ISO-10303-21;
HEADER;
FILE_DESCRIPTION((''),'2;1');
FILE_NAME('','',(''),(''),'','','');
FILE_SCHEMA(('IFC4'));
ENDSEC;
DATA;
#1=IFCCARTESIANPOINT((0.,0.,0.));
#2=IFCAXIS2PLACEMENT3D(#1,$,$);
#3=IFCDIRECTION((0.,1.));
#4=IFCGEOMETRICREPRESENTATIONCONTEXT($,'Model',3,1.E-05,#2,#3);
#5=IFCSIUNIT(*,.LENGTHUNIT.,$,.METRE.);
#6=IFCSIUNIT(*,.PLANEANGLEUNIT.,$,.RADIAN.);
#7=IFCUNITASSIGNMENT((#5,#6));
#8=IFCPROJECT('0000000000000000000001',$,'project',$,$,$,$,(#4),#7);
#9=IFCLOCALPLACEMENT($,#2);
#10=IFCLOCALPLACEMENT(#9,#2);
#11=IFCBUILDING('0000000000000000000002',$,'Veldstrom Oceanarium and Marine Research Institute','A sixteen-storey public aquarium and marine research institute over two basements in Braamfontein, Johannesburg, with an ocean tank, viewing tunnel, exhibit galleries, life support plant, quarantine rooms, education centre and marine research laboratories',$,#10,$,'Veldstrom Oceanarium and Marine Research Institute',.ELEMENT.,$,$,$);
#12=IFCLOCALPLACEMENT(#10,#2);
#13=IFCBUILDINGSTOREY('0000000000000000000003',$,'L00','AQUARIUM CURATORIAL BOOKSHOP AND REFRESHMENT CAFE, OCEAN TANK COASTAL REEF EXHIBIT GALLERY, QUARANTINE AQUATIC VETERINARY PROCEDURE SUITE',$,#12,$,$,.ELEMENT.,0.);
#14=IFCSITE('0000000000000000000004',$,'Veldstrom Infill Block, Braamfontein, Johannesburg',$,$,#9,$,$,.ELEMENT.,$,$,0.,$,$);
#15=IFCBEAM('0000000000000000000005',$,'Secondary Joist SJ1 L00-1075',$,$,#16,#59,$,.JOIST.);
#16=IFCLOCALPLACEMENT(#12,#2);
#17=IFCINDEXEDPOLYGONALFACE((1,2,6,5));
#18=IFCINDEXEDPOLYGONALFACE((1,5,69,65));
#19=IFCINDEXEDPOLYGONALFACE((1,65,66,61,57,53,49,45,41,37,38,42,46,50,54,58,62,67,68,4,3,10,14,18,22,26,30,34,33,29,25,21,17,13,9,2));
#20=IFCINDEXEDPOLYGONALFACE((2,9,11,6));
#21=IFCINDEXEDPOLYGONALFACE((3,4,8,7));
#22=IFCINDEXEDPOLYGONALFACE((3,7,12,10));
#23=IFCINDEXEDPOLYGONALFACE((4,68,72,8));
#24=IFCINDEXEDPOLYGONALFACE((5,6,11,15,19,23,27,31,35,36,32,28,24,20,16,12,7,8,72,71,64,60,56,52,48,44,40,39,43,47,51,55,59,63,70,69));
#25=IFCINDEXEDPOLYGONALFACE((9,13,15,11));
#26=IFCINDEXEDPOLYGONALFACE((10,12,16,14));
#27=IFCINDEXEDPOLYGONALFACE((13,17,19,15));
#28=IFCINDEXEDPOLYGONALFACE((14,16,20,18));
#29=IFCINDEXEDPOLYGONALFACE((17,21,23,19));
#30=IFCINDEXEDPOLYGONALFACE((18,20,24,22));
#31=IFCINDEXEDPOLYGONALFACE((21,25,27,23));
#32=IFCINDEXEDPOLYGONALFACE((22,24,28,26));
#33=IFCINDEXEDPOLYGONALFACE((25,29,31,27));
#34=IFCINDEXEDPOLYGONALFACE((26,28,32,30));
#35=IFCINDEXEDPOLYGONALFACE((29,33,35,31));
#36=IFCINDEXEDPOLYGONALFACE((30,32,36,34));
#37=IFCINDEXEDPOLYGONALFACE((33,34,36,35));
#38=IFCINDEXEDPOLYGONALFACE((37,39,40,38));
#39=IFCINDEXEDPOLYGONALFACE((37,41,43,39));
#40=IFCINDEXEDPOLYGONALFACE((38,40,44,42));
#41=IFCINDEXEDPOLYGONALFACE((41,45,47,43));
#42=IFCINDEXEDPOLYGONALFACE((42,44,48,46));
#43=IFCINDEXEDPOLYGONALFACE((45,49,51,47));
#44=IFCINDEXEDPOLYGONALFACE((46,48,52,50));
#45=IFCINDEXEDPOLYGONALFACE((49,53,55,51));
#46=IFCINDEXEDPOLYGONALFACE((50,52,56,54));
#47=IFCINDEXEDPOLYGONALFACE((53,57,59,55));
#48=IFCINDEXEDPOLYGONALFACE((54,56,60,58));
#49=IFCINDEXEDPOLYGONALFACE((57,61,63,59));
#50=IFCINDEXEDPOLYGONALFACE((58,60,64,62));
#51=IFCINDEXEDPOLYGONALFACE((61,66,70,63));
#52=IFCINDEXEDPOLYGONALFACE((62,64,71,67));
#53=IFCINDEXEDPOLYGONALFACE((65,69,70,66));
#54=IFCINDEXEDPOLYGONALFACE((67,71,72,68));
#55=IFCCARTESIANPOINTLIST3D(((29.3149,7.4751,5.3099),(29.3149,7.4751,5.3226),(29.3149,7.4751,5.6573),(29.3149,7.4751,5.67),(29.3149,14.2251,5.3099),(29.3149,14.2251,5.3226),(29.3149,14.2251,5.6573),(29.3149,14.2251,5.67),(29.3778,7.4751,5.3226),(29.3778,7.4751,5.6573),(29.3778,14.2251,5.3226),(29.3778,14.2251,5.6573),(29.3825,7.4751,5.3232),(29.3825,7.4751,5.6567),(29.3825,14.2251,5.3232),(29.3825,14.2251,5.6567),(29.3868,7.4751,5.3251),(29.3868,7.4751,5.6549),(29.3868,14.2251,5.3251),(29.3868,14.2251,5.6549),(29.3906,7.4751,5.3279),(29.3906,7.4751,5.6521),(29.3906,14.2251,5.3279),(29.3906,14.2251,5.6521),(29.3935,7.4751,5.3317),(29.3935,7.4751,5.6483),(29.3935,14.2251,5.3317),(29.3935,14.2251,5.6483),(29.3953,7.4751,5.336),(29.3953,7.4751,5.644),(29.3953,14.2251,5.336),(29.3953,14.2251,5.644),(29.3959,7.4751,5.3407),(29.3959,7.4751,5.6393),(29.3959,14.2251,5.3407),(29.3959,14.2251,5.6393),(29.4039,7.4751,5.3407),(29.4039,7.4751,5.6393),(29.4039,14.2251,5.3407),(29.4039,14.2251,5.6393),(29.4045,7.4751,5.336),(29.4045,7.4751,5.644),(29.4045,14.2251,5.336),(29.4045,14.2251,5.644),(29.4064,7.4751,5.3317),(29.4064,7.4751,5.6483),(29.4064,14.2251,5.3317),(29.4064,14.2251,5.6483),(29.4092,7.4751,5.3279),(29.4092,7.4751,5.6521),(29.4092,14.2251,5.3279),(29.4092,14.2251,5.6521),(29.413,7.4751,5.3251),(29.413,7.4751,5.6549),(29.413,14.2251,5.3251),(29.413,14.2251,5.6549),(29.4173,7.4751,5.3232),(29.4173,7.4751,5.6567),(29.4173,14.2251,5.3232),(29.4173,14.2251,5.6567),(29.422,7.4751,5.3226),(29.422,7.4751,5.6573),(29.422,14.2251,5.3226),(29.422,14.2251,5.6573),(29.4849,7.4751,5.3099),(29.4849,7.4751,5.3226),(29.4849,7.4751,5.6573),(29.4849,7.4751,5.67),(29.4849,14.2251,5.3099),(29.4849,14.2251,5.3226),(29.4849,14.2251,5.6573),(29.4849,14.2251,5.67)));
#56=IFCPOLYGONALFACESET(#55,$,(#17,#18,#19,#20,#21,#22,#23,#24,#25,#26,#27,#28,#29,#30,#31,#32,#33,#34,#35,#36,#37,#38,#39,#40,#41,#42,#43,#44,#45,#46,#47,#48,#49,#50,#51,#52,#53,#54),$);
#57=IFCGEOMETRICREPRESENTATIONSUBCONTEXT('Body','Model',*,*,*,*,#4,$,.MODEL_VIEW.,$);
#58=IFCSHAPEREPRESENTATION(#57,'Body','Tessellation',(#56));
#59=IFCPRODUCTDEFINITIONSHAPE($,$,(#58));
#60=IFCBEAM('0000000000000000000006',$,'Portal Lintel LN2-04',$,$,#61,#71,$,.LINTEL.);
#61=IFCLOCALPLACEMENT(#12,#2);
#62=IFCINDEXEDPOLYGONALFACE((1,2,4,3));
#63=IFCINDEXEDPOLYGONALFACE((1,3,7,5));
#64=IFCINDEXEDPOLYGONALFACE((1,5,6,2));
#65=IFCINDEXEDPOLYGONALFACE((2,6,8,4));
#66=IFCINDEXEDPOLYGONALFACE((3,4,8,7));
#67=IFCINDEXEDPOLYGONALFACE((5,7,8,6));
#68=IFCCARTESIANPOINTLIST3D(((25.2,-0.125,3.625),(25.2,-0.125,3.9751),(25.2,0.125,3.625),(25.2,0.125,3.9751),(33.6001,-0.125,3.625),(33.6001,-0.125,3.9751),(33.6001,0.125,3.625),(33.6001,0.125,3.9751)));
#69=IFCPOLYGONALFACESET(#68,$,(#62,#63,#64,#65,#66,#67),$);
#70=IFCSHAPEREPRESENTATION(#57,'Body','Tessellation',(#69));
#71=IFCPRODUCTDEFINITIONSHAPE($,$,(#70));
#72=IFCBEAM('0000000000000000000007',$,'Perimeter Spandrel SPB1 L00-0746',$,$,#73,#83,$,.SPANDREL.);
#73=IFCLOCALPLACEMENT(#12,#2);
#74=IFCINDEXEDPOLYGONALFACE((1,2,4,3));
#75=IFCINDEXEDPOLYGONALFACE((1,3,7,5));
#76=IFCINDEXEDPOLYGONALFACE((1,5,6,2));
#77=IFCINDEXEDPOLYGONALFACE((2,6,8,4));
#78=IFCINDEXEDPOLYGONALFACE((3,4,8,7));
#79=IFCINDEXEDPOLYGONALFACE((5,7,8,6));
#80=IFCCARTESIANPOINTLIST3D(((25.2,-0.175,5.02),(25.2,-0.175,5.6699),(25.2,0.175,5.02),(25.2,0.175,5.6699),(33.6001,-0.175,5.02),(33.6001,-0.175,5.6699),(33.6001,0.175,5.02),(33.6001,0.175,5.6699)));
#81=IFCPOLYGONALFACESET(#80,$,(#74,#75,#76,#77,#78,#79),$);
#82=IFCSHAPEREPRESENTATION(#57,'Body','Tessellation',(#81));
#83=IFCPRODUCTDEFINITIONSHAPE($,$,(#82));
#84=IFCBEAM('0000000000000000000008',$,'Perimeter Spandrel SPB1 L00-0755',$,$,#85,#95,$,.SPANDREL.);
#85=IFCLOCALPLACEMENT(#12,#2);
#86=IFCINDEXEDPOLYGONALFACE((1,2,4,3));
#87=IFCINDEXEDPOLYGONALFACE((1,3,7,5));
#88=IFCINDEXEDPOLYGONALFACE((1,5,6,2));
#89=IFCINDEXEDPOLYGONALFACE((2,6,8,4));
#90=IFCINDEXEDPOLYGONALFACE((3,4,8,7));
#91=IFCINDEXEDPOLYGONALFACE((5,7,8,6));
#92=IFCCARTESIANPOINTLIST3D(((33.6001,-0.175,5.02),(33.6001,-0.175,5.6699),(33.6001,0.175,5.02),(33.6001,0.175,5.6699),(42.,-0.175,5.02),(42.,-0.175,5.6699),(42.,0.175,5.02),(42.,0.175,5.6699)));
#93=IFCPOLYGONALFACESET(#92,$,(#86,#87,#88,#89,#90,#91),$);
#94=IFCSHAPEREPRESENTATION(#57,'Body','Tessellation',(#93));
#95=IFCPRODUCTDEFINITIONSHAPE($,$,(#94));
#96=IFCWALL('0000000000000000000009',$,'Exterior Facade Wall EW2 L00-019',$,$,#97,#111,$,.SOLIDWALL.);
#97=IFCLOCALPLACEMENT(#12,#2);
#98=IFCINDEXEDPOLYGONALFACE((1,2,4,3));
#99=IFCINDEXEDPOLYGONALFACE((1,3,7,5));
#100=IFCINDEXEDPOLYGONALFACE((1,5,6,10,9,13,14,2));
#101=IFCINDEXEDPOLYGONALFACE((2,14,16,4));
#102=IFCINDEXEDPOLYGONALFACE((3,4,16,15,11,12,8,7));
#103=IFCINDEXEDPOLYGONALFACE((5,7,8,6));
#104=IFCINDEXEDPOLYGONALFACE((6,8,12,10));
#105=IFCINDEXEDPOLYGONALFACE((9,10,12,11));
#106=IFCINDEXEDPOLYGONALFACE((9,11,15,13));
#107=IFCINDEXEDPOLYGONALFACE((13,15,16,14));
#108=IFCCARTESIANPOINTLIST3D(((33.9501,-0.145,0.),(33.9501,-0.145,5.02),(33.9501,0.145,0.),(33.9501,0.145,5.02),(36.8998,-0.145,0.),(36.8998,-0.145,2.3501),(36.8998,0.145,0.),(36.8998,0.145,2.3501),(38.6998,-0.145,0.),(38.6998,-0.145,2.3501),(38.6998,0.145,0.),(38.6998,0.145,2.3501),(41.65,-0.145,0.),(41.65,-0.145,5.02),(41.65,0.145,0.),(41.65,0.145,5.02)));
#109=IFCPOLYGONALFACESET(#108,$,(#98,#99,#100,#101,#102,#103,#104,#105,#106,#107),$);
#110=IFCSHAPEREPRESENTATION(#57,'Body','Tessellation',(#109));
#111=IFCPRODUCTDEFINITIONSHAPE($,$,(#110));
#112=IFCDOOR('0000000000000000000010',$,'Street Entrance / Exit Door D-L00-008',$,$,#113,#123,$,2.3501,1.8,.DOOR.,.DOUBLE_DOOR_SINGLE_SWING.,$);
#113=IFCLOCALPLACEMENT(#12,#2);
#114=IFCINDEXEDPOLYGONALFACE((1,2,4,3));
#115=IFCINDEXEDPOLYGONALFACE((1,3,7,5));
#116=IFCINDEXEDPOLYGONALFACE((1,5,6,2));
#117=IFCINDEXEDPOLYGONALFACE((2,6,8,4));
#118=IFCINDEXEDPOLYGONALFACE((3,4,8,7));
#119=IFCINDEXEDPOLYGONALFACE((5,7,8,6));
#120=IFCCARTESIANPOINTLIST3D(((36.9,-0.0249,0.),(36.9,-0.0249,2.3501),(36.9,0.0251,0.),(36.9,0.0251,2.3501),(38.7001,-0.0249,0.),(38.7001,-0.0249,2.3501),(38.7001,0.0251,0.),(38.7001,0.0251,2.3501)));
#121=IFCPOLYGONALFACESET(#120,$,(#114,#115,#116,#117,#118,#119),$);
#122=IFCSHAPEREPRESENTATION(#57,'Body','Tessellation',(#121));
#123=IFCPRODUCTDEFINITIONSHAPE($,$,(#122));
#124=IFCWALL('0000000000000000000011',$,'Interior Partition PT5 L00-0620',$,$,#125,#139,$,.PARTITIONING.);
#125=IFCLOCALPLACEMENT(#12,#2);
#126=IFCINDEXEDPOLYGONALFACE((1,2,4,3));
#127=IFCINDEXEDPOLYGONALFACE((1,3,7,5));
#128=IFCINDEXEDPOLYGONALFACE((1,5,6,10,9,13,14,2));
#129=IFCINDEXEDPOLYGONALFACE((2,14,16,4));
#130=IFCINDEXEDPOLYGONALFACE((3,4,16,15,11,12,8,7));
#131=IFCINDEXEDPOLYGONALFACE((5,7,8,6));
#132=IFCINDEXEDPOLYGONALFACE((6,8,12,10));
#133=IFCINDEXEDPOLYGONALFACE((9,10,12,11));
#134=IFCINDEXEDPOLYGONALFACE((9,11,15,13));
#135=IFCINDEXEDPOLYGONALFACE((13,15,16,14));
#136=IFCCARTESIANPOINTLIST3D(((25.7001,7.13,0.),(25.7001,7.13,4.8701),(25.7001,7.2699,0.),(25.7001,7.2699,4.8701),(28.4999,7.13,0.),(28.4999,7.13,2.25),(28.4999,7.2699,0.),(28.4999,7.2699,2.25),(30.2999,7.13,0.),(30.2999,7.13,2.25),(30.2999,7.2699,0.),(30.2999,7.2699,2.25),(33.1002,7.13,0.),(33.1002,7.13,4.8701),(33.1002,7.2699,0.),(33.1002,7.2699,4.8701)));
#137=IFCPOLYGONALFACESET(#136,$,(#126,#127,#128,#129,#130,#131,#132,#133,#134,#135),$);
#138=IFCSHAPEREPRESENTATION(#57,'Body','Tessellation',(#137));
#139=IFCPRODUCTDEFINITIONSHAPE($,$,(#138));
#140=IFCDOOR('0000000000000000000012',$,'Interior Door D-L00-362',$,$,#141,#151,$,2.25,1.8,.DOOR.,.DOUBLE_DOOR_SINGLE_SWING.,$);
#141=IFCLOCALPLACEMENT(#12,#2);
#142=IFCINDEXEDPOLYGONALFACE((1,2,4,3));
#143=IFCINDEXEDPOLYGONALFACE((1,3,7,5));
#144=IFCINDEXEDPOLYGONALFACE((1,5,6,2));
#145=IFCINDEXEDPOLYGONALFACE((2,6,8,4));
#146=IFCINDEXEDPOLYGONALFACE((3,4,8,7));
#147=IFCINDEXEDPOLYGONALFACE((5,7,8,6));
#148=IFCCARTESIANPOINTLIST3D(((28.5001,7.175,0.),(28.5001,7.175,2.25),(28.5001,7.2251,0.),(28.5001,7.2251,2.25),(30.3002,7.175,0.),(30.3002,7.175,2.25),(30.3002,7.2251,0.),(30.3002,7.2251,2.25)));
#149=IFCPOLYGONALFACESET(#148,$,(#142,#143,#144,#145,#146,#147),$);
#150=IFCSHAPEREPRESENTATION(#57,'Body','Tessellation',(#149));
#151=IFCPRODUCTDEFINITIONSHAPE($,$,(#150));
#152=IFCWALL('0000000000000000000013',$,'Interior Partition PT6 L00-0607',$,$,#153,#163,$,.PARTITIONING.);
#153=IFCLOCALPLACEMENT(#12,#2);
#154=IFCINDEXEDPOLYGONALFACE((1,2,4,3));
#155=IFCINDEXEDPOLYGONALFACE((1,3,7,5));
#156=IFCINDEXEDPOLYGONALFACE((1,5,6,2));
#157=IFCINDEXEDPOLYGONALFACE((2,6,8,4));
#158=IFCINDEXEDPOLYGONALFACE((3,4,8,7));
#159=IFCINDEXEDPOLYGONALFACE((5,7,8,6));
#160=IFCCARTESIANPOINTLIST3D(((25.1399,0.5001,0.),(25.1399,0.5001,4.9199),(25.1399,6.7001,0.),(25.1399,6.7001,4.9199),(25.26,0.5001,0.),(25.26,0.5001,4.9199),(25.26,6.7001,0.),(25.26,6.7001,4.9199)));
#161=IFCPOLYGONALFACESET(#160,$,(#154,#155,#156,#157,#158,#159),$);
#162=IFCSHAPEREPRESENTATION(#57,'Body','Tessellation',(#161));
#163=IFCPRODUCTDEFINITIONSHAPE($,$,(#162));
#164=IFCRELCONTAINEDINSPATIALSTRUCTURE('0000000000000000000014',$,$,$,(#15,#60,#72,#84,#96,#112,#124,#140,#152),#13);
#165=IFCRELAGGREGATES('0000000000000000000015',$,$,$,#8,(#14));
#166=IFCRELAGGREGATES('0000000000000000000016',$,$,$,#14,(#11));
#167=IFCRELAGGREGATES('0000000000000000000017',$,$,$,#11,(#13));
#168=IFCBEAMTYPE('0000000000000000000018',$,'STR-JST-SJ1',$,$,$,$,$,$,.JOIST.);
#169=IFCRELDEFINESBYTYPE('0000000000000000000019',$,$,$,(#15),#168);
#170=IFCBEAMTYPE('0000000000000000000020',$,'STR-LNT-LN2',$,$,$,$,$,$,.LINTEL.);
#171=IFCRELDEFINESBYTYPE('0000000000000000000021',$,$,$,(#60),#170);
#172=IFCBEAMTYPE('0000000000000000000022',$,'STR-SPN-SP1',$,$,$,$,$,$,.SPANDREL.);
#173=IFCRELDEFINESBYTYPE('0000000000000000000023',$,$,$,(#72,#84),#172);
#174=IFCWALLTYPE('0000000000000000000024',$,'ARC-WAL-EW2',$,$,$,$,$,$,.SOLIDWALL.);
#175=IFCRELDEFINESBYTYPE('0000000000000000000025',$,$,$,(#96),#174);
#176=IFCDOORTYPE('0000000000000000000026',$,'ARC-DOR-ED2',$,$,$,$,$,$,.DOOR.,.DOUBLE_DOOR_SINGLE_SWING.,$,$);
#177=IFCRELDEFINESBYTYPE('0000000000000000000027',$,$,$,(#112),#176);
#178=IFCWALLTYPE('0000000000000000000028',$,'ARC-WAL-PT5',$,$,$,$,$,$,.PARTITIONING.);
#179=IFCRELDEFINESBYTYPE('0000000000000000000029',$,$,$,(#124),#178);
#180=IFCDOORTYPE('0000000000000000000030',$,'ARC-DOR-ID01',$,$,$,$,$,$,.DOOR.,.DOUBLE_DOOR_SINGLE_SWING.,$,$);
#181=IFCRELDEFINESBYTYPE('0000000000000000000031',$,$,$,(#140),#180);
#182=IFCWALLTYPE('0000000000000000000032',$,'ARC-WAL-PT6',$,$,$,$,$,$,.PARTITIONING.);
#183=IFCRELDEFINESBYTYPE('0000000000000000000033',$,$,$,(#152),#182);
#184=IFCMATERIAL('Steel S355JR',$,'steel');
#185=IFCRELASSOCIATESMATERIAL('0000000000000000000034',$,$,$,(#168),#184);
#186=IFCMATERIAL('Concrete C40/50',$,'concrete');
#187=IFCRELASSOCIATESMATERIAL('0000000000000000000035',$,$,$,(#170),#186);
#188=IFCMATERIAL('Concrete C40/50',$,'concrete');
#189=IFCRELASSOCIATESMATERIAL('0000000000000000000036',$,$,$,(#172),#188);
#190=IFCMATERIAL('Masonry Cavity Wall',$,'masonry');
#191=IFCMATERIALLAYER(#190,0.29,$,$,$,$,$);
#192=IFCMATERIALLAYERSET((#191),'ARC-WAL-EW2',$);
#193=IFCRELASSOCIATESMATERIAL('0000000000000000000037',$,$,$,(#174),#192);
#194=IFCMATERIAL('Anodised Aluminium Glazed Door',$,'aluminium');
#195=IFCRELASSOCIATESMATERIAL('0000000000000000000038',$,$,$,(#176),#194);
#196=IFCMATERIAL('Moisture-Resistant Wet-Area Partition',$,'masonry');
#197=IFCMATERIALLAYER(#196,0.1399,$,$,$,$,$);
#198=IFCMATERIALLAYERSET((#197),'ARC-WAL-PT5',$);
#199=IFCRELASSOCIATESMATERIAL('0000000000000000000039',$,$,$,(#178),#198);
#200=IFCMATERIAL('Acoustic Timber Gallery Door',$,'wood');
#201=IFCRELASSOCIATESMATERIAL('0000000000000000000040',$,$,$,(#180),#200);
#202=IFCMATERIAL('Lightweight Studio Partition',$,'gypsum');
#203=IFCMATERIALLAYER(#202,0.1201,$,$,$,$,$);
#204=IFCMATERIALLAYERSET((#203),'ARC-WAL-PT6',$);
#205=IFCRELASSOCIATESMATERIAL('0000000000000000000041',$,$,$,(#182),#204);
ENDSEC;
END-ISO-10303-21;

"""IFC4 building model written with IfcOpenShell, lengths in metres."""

from ifc_helpers import new_model, si_unit, direction, frame, frame_2d, origin, origin_2d, place, context, subcontext, project, spatial, rectangle, i_section, extrude, material, layer, layer_set, material_profile, profile_set, type_object, element, fill, save


model = new_model("IFC4")

# Units and contexts
model_context = context("Model", 3, precision=1e-05, world=origin(), true_north=direction((0.0, 1.0)))
body_context = subcontext(model_context, "Body", "Model", "MODEL_VIEW")
ifc_project = project(units=[si_unit("LENGTHUNIT", "METRE"), si_unit("PLANEANGLEUNIT", "RADIAN")], contexts=[model_context])

# Site, building, storey
site_placement = place(None, origin())
site = spatial("IfcSite", under=ifc_project, at=site_placement, Name="Veldstrom Infill Block, Braamfontein, Johannesburg", CompositionType="ELEMENT", RefElevation=0.0)
building_placement = place(site_placement, origin())
building = spatial("IfcBuilding", under=site, at=building_placement, Name="Veldstrom Oceanarium and Marine Research Institute", Description="A sixteen-storey public aquarium and marine research institute over two basements in Braamfontein, Johannesburg, with an ocean tank, viewing tunnel, exhibit galleries, life support plant, quarantine rooms, education centre and marine research laboratories", LongName="Veldstrom Oceanarium and Marine Research Institute", CompositionType="ELEMENT")
storey_placement = place(building_placement, origin())
storey = spatial("IfcBuildingStorey", under=building, at=storey_placement, Name="L00", Description="AQUARIUM CURATORIAL BOOKSHOP AND REFRESHMENT CAFE, OCEAN TANK COASTAL REEF EXHIBIT GALLERY, QUARANTINE AQUATIC VETERINARY PROCEDURE SUITE", CompositionType="ELEMENT", Elevation=0.0)

# Beams
ifc_material_1 = material(Name="Steel S355JR", Category="steel")
ifc_material_profile_1 = material_profile(ifc_material_1, i_section(OverallWidth=0.1699, OverallDepth=0.3601, WebThickness=0.0081, FlangeThickness=0.0127, FilletRadius=0.0181, at=origin_2d()), Name="IPE 360")
ifc_profile_set_1 = profile_set([ifc_material_profile_1], Name="Steel S355JR")
beam_type_1 = type_object("IfcBeamType", Name="STR-JST-SJ1", PredefinedType="JOIST", material=ifc_profile_set_1)
beam_1_placement = place(storey_placement, frame((29.3999, 7.4751, 5.49), z_axis=(0.0, 1.0, 0.0), x_axis=(-1.0, 0.0, 0.0)))
element("IfcBeam", 1, at=beam_1_placement, inside=storey, type_object=beam_type_1, Name="Secondary Joist SJ1 L00-1075", PredefinedType="JOIST", context=body_context, shape_type="SweptSolid", body=[
    extrude(i_section(OverallWidth=0.1699, OverallDepth=0.3601, WebThickness=0.0081, FlangeThickness=0.0127, FilletRadius=0.0181, at=origin_2d()), origin(), (0.0, 0.0, 1.0), 6.75),
])
ifc_material_2 = material(Name="Concrete C40/50", Category="concrete")
ifc_material_profile_2 = material_profile(ifc_material_2, rectangle(XDim=0.25, YDim=0.3501, at=origin_2d()), Name="RC-LNT-250x350")
ifc_profile_set_2 = profile_set([ifc_material_profile_2], Name="Concrete C40/50")
beam_type_2 = type_object("IfcBeamType", Name="STR-LNT-LN2", PredefinedType="LINTEL", material=ifc_profile_set_2)
beam_2_placement = place(storey_placement, frame((25.2, 0.0, 3.8), z_axis=(1.0, 0.0, 0.0), x_axis=(0.0, 1.0, 0.0)))
element("IfcBeam", 2, at=beam_2_placement, inside=storey, type_object=beam_type_2, Name="Portal Lintel LN2-04", PredefinedType="LINTEL", context=body_context, shape_type="SweptSolid", body=[
    extrude(rectangle(XDim=0.25, YDim=0.3501, at=origin_2d()), origin(), (0.0, 0.0, 1.0), 8.4001),
])
ifc_material_3 = material(Name="Concrete C40/50", Category="concrete")
ifc_material_profile_3 = material_profile(ifc_material_3, rectangle(XDim=0.3501, YDim=0.6499, at=origin_2d()), Name="RC-SPN-350x650")
ifc_profile_set_3 = profile_set([ifc_material_profile_3], Name="Concrete C40/50")
beam_type_3 = type_object("IfcBeamType", Name="STR-SPN-SP1", PredefinedType="SPANDREL", material=ifc_profile_set_3)
beam_3_placement = place(storey_placement, frame((25.2, 0.0, 5.345), z_axis=(1.0, 0.0, 0.0), x_axis=(0.0, 1.0, 0.0)))
element("IfcBeam", 3, at=beam_3_placement, inside=storey, type_object=beam_type_3, Name="Perimeter Spandrel SPB1 L00-0746", PredefinedType="SPANDREL", context=body_context, shape_type="SweptSolid", body=[
    extrude(rectangle(XDim=0.3501, YDim=0.6499, at=origin_2d()), origin(), (0.0, 0.0, 1.0), 8.4001),
])
beam_4_placement = place(storey_placement, frame((33.6001, 0.0, 5.345), z_axis=(1.0, 0.0, 0.0), x_axis=(0.0, 1.0, 0.0)))
element("IfcBeam", 4, at=beam_4_placement, inside=storey, type_object=beam_type_3, Name="Perimeter Spandrel SPB1 L00-0755", PredefinedType="SPANDREL", context=body_context, shape_type="SweptSolid", body=[
    extrude(rectangle(XDim=0.3501, YDim=0.6499, at=origin_2d()), origin(), (0.0, 0.0, 1.0), 8.3999),
])

# Walls, openings, doors
ifc_material_4 = material(Name="Masonry Cavity Wall", Category="masonry")
ifc_layer_1 = layer(ifc_material_4, 0.29)
ifc_layer_set_1 = layer_set([ifc_layer_1], Name="ARC-WAL-EW2")
wall_type_1 = type_object("IfcWallType", Name="ARC-WAL-EW2", PredefinedType="SOLIDWALL", material=ifc_layer_set_1)
wall_1_placement = place(storey_placement, frame((33.95, 0.0, 0.0), z_axis=(0.0, 0.0, 1.0), x_axis=(1.0, 0.0, 0.0)))
wall_1 = element("IfcWall", 5, at=wall_1_placement, inside=storey, type_object=wall_type_1, Name="Exterior Facade Wall EW2 L00-019", PredefinedType="SOLIDWALL", context=body_context, shape_type="SweptSolid", body=[
    extrude(rectangle(XDim=7.7, YDim=0.29, at=frame_2d((3.8501, 0.0))), origin(), (0.0, 0.0, 1.0), 5.02),
])
opening_1_placement = place(wall_1_placement, frame((2.95, 0.0, 0.0)))
opening_1 = element("IfcOpeningElement", 6, at=opening_1_placement, cuts=wall_1, PredefinedType="OPENING", context=body_context, shape_type="SweptSolid", body=[
    extrude(rectangle(XDim=1.8, YDim=2.3501, at=frame_2d((0.8999, 1.175))), frame((0.0, 0.155, 0.0), z_axis=(0.0, -1.0, 0.0), x_axis=(1.0, 0.0, 0.0)), (0.0, 0.0, 1.0), 0.3101),
])
ifc_material_5 = material(Name="Anodised Aluminium Glazed Door", Category="aluminium")
door_type_1 = type_object("IfcDoorType", Name="ARC-DOR-ED2", OperationType="DOUBLE_DOOR_SINGLE_SWING", PredefinedType="DOOR", material=ifc_material_5)
door_1_placement = place(opening_1_placement, frame((1.8, 0.0, 0.0), z_axis=(0.0, 0.0, 1.0), x_axis=(-1.0, 0.0, 0.0)))
door_1 = element("IfcDoor", 7, at=door_1_placement, inside=storey, type_object=door_type_1, Name="Street Entrance / Exit Door D-L00-008", OperationType="DOUBLE_DOOR_SINGLE_SWING", OverallHeight=2.3501, OverallWidth=1.8, PredefinedType="DOOR", context=body_context, shape_type="SweptSolid", body=[
    extrude(rectangle(XDim=1.8, YDim=2.3501, at=frame_2d((0.8999, 1.175))), frame((0.0, 0.0249, 0.0), z_axis=(0.0, -1.0, 0.0), x_axis=(1.0, 0.0, 0.0)), (0.0, 0.0, 1.0), 0.05),
])
fill(opening_1, door_1)
ifc_material_6 = material(Name="Moisture-Resistant Wet-Area Partition", Category="masonry")
ifc_layer_2 = layer(ifc_material_6, 0.1399)
ifc_layer_set_2 = layer_set([ifc_layer_2], Name="ARC-WAL-PT5")
wall_type_2 = type_object("IfcWallType", Name="ARC-WAL-PT5", PredefinedType="PARTITIONING", material=ifc_layer_set_2)
wall_2_placement = place(storey_placement, frame((25.7, 7.2, 0.0), z_axis=(0.0, 0.0, 1.0), x_axis=(1.0, 0.0, 0.0)))
wall_2 = element("IfcWall", 8, at=wall_2_placement, inside=storey, type_object=wall_type_2, Name="Interior Partition PT5 L00-0620", PredefinedType="PARTITIONING", context=body_context, shape_type="SweptSolid", body=[
    extrude(rectangle(XDim=7.4001, YDim=0.1399, at=frame_2d((3.7002, 0.0))), origin(), (0.0, 0.0, 1.0), 4.8701),
])
opening_2_placement = place(wall_2_placement, frame((2.8, 0.0, 0.0)))
opening_2 = element("IfcOpeningElement", 9, at=opening_2_placement, cuts=wall_2, PredefinedType="OPENING", context=body_context, shape_type="SweptSolid", body=[
    extrude(rectangle(XDim=1.8, YDim=2.25, at=frame_2d((0.8999, 1.125))), frame((0.0, 0.0798, 0.0), z_axis=(0.0, -1.0, 0.0), x_axis=(1.0, 0.0, 0.0)), (0.0, 0.0, 1.0), 0.1599),
])
ifc_material_7 = material(Name="Acoustic Timber Gallery Door", Category="wood")
door_type_2 = type_object("IfcDoorType", Name="ARC-DOR-ID01", OperationType="DOUBLE_DOOR_SINGLE_SWING", PredefinedType="DOOR", material=ifc_material_7)
door_2_placement = place(opening_2_placement, frame((1.8, 0.0, 0.0), z_axis=(0.0, 0.0, 1.0), x_axis=(-1.0, 0.0, 0.0)))
door_2 = element("IfcDoor", 10, at=door_2_placement, inside=storey, type_object=door_type_2, Name="Interior Door D-L00-362", OperationType="DOUBLE_DOOR_SINGLE_SWING", OverallHeight=2.25, OverallWidth=1.8, PredefinedType="DOOR", context=body_context, shape_type="SweptSolid", body=[
    extrude(rectangle(XDim=1.8, YDim=2.25, at=frame_2d((0.8999, 1.125))), frame((0.0, 0.0249, 0.0), z_axis=(0.0, -1.0, 0.0), x_axis=(1.0, 0.0, 0.0)), (0.0, 0.0, 1.0), 0.05),
])
fill(opening_2, door_2)

# Wall
ifc_material_8 = material(Name="Lightweight Studio Partition", Category="gypsum")
ifc_layer_3 = layer(ifc_material_8, 0.1201)
ifc_layer_set_3 = layer_set([ifc_layer_3], Name="ARC-WAL-PT6")
wall_type_3 = type_object("IfcWallType", Name="ARC-WAL-PT6", PredefinedType="PARTITIONING", material=ifc_layer_set_3)
wall_3_placement = place(storey_placement, frame((25.2, 0.5, 0.0), z_axis=(0.0, 0.0, 1.0), x_axis=(0.0, 1.0, 0.0)))
element("IfcWall", 11, at=wall_3_placement, inside=storey, type_object=wall_type_3, Name="Interior Partition PT6 L00-0607", PredefinedType="PARTITIONING", context=body_context, shape_type="SweptSolid", body=[
    extrude(rectangle(XDim=6.2, YDim=0.1201, at=frame_2d((3.1001, 0.0))), origin(), (0.0, 0.0, 1.0), 4.9199),
])

save(model, "model.ifc")
